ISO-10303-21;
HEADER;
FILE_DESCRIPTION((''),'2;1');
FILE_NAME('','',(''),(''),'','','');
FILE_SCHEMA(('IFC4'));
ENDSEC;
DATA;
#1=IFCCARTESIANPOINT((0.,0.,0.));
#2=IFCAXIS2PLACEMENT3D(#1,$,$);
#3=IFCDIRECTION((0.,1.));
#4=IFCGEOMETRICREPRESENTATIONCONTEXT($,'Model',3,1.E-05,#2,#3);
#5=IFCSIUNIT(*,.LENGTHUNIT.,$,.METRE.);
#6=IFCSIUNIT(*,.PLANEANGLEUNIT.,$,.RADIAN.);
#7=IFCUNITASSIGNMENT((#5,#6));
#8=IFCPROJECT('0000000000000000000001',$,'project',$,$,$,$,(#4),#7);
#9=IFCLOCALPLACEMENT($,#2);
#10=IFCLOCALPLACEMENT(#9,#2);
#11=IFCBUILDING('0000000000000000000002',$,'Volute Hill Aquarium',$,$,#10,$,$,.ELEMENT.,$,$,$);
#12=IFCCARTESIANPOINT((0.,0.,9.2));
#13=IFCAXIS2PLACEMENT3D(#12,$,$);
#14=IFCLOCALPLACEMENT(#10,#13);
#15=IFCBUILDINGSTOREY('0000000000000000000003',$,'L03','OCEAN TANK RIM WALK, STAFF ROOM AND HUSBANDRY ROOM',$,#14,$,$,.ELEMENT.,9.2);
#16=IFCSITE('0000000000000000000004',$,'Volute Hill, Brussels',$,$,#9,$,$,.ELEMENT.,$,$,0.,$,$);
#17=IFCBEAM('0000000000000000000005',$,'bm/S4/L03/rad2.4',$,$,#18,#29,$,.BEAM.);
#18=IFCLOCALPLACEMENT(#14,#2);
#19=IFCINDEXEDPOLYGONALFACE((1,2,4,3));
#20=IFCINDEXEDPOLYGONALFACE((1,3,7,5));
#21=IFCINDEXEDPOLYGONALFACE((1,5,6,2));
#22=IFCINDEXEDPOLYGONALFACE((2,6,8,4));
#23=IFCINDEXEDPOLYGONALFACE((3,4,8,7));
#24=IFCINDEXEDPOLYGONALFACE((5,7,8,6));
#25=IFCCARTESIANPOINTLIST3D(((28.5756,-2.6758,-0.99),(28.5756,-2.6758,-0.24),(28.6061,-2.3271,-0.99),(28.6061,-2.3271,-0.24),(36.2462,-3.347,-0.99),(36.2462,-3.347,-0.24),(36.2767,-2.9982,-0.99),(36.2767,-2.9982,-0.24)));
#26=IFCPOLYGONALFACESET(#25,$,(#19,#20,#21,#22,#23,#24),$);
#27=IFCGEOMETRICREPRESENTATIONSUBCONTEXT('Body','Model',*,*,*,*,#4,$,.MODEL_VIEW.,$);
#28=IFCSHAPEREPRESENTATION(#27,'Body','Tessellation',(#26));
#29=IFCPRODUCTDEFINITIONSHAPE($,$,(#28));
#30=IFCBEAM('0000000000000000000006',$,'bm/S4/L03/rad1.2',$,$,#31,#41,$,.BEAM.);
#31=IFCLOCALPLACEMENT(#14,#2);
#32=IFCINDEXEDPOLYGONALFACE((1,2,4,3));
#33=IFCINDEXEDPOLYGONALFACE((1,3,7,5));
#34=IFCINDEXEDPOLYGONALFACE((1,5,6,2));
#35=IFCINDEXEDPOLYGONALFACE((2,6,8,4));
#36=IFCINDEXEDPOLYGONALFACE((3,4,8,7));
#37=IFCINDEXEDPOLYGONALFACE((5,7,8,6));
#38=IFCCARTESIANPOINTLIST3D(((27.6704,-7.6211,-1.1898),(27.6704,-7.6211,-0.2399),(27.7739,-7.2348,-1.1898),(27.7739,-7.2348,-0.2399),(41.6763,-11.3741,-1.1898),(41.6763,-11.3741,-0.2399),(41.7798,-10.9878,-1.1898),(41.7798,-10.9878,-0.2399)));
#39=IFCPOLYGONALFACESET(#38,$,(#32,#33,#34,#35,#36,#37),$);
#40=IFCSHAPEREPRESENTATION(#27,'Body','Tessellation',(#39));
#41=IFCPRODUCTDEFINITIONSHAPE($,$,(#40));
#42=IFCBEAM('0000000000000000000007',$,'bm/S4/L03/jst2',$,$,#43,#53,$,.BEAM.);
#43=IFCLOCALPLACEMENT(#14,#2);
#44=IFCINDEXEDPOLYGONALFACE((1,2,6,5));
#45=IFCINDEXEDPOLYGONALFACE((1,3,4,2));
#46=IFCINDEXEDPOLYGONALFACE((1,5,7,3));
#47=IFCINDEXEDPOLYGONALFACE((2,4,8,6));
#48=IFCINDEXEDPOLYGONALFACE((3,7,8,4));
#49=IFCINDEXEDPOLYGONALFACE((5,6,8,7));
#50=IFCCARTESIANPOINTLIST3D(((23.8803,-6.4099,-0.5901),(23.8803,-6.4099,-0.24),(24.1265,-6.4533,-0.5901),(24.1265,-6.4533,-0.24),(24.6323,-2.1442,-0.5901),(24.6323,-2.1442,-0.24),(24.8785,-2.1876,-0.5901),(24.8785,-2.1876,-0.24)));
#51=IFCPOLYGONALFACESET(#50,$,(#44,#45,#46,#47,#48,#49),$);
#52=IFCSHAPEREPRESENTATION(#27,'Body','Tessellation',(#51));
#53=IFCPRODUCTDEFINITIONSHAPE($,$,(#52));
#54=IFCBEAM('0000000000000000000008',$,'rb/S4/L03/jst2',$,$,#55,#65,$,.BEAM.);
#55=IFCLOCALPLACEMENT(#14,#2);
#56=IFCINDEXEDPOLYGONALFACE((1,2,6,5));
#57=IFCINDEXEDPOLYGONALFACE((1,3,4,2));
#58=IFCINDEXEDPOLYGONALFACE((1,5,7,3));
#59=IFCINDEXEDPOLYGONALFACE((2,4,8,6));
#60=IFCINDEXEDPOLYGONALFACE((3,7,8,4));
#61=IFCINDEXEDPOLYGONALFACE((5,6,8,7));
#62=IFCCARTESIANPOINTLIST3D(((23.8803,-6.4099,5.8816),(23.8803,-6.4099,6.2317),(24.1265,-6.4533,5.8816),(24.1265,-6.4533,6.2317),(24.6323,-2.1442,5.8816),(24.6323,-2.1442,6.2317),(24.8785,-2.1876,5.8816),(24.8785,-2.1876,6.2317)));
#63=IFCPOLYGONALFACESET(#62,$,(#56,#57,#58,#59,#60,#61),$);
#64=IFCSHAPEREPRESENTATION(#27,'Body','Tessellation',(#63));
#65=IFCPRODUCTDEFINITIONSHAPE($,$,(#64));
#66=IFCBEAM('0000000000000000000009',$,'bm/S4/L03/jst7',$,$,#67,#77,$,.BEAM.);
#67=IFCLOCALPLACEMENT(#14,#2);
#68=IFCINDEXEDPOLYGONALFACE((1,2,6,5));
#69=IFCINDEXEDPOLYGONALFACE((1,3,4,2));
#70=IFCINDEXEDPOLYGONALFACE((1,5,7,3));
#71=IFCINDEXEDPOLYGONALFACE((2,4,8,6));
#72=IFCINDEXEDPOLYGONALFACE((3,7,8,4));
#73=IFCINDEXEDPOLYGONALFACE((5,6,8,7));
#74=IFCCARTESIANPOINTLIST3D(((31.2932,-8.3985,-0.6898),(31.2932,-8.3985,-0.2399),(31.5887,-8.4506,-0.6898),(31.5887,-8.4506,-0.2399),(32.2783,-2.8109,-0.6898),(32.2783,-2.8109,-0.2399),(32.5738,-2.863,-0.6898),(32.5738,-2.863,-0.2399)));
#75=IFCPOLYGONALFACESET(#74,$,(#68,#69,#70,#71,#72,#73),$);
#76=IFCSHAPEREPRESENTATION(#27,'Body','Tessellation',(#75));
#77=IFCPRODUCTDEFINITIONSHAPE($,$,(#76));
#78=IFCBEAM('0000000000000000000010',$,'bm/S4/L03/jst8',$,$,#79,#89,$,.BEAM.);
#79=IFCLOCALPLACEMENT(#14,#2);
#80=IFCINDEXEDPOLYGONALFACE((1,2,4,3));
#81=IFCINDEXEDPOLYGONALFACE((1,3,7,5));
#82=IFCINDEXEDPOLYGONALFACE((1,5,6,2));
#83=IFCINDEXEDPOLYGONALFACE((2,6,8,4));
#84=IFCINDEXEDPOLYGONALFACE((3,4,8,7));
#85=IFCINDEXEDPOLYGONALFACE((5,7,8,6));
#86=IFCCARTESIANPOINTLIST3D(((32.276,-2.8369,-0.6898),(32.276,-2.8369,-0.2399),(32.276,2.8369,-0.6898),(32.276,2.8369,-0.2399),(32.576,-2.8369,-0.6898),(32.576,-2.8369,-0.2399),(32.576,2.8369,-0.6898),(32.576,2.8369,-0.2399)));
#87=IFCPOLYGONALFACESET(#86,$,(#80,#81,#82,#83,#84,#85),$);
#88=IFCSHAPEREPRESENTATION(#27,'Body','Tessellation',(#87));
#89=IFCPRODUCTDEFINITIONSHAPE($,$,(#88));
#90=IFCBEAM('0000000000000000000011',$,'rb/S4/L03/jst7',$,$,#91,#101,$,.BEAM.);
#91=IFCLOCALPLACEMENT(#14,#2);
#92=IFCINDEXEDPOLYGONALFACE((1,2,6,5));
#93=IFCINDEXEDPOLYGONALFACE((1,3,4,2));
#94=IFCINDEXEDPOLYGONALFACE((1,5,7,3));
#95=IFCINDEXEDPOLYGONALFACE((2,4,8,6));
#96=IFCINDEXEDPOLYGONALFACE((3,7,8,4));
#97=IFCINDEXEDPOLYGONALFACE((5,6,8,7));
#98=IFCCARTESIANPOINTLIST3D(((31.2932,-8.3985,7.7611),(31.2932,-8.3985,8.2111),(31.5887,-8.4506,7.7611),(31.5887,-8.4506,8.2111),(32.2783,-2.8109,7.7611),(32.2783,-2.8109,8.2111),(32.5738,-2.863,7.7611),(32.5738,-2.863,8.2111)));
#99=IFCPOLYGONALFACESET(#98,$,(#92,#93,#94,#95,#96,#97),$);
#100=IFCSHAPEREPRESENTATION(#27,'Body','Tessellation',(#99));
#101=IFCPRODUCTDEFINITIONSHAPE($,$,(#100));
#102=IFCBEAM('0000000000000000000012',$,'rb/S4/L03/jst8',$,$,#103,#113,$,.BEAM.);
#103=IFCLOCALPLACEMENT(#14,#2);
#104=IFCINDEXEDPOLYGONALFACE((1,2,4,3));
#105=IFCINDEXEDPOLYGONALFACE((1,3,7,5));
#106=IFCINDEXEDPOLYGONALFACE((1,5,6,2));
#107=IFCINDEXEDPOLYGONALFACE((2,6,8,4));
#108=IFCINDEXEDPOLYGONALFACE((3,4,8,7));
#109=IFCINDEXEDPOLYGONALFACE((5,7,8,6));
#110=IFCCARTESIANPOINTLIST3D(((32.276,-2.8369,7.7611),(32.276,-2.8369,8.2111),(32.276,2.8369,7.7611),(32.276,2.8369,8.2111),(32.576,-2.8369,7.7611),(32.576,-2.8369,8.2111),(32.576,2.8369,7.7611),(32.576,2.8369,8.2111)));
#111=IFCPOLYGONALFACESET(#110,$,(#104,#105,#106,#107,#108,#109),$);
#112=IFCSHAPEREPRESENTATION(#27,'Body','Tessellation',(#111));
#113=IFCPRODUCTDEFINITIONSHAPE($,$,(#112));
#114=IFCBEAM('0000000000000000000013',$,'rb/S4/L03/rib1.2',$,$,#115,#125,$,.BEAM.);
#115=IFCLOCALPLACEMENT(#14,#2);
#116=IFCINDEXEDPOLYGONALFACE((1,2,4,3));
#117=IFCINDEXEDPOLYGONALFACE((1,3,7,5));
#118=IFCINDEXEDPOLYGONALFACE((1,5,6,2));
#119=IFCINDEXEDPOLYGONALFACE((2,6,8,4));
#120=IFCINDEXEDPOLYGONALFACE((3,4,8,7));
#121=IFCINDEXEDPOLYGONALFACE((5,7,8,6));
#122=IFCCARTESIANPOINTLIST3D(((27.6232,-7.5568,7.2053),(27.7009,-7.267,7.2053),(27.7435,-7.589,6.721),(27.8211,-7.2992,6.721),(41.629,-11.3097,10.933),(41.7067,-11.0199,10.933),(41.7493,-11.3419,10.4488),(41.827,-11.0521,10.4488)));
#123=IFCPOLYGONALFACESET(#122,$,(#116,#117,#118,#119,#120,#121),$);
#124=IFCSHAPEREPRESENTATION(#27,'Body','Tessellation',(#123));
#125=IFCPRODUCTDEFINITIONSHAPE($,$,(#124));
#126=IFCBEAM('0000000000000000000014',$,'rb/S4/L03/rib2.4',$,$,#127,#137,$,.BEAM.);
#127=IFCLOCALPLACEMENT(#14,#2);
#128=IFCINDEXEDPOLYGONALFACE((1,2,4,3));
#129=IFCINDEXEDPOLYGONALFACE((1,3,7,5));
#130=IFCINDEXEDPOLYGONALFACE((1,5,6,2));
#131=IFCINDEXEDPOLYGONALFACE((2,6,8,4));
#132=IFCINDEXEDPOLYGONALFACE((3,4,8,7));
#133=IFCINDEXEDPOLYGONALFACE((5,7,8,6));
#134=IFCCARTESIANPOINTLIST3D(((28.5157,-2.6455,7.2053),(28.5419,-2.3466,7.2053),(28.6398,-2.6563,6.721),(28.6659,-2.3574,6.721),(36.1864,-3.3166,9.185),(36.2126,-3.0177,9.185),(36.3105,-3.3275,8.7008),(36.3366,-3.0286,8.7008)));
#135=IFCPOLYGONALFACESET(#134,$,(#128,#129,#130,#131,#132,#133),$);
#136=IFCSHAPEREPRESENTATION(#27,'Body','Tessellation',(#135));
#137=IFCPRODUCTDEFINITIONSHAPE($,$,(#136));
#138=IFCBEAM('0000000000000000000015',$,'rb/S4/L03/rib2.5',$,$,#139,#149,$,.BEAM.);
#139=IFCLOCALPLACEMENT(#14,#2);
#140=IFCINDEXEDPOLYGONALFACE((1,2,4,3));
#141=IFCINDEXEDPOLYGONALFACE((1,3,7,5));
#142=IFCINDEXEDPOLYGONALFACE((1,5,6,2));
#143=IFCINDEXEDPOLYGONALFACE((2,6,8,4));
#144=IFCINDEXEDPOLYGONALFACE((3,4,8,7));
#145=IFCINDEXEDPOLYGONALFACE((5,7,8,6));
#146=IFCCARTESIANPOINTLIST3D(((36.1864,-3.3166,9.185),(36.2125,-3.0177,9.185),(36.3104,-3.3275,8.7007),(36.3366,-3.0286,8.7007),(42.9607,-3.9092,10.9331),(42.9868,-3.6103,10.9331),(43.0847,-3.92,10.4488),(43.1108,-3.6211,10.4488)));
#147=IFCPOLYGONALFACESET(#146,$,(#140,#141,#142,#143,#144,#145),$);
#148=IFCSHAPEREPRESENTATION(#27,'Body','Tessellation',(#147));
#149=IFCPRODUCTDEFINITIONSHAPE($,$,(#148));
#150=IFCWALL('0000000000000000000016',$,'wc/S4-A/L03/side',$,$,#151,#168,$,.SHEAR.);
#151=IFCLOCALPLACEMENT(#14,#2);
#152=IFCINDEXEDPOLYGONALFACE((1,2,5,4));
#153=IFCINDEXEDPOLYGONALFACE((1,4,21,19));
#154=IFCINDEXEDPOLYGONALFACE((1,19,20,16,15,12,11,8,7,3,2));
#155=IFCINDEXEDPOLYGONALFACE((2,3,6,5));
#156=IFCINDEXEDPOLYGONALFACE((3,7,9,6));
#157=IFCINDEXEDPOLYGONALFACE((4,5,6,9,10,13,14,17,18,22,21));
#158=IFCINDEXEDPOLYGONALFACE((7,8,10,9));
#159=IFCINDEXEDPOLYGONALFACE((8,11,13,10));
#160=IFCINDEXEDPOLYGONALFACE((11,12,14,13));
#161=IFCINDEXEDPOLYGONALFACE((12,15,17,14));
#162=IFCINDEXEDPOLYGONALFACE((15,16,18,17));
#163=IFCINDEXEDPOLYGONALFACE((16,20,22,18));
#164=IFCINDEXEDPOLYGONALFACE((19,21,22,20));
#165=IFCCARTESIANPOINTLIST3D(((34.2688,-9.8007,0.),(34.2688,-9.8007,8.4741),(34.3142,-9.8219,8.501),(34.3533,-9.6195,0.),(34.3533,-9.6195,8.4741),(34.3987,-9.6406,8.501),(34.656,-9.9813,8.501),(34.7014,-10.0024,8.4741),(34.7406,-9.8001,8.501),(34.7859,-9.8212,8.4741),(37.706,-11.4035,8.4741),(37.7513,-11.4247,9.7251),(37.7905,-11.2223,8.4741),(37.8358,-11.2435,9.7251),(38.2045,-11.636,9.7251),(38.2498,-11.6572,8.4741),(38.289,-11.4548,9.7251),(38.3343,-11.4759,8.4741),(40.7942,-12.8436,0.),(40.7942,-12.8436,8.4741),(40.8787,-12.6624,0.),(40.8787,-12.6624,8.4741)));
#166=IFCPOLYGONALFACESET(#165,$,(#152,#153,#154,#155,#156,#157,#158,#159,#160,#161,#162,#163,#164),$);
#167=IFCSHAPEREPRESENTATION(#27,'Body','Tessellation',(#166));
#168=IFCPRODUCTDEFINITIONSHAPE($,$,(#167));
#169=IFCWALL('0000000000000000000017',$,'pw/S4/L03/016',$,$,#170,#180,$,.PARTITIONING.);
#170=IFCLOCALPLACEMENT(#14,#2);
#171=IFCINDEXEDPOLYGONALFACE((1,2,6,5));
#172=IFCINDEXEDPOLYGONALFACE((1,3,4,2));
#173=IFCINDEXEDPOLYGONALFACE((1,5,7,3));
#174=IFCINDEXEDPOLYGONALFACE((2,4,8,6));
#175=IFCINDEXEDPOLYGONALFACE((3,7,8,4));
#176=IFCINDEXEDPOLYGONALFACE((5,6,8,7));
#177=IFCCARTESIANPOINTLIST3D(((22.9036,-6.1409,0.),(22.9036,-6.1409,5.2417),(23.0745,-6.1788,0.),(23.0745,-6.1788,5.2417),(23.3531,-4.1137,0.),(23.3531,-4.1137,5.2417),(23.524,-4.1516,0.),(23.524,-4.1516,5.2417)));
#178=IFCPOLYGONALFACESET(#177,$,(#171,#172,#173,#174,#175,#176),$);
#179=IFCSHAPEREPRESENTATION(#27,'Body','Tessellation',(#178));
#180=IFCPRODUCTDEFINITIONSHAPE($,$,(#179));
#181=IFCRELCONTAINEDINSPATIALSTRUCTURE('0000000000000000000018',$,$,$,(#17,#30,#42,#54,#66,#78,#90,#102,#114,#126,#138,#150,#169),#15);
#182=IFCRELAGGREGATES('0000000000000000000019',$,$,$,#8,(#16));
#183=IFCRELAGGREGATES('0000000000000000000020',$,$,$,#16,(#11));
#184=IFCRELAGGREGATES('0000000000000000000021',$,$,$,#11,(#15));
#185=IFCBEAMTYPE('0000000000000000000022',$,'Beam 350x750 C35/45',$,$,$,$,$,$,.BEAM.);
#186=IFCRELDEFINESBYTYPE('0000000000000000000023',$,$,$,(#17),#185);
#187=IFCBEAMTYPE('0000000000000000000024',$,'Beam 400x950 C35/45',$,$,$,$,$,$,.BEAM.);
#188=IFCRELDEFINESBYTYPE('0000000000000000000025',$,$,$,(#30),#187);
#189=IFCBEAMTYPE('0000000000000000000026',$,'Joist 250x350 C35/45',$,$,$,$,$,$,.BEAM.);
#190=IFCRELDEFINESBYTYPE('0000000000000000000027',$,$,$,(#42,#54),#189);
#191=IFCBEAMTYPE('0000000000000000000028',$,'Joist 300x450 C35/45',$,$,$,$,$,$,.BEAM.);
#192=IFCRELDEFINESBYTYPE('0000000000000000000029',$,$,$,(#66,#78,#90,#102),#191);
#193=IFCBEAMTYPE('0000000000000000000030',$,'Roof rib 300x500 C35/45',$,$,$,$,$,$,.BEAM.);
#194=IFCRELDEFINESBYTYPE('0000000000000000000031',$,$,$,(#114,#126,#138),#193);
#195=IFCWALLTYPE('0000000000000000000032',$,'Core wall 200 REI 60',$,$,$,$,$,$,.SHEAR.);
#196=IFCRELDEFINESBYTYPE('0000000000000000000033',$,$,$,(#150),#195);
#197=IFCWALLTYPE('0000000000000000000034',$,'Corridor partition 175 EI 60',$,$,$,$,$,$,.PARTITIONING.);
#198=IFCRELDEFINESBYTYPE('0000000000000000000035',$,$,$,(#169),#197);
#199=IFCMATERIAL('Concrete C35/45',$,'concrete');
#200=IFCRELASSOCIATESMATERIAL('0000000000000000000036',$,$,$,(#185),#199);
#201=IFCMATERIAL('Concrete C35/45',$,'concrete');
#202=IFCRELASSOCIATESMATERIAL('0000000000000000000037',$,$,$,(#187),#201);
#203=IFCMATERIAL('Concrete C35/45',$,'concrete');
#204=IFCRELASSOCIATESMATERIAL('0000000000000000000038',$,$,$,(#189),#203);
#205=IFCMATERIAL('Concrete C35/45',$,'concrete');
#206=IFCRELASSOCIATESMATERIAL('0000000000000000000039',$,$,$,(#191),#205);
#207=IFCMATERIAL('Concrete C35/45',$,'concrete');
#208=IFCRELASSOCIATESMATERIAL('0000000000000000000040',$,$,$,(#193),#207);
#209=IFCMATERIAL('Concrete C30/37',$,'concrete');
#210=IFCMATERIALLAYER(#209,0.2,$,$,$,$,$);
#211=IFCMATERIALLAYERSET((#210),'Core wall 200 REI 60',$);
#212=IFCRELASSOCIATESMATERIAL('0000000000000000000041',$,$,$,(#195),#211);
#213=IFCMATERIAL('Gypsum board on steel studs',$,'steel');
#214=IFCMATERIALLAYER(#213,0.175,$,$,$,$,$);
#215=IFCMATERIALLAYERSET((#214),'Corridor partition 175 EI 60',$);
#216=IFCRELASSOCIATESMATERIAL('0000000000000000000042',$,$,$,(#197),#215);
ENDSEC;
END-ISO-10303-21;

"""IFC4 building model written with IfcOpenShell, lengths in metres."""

from ifc_helpers import new_model, si_unit, direction, frame, frame_2d, origin, origin_2d, place, context, subcontext, project, spatial, polyline, rectangle, outline, extrude, material, layer, layer_set, material_profile, profile_set, type_object, element, save


model = new_model("IFC4")

# Units and contexts
model_context = context("Model", 3, precision=1e-05, world=origin(), true_north=direction((0.0, 1.0)))
body_context = subcontext(model_context, "Body", "Model", "MODEL_VIEW")
ifc_project = project(units=[si_unit("LENGTHUNIT", "METRE"), si_unit("PLANEANGLEUNIT", "RADIAN")], contexts=[model_context])

# Site, building, storey
site_placement = place(None, origin())
site = spatial("IfcSite", under=ifc_project, at=site_placement, Name="Volute Hill, Brussels", CompositionType="ELEMENT", RefElevation=0.0)
building_placement = place(site_placement, origin())
building = spatial("IfcBuilding", under=site, at=building_placement, Name="Volute Hill Aquarium", CompositionType="ELEMENT")
storey_placement = place(building_placement, frame((0.0, 0.0, 9.2)))
storey = spatial("IfcBuildingStorey", under=building, at=storey_placement, Name="L03", Description="OCEAN TANK RIM WALK, STAFF ROOM AND HUSBANDRY ROOM", CompositionType="ELEMENT", Elevation=9.2)

# Beams
ifc_material_1 = material(Name="Concrete C35/45", Category="concrete")
ifc_material_profile_1 = material_profile(ifc_material_1, rectangle(XDim=0.3501, YDim=0.75, at=origin_2d()), Name="RC beam 350x750")
ifc_profile_set_1 = profile_set([ifc_material_profile_1], Name="Concrete C35/45")
beam_type_1 = type_object("IfcBeamType", Name="Beam 350x750 C35/45", PredefinedType="BEAM", material=ifc_profile_set_1)
beam_1_placement = place(storey_placement, frame((28.5908, -2.5015, -0.615), z_axis=(0.996194, -0.087162, 0.0), x_axis=(0.087162, 0.996194, 0.0)))
element("IfcBeam", 1, at=beam_1_placement, inside=storey, type_object=beam_type_1, Name="bm/S4/L03/rad2.4", PredefinedType="BEAM", context=body_context, shape_type="SweptSolid", body=[
    extrude(rectangle(XDim=0.3501, YDim=0.75, at=origin_2d()), origin(), (0.0, 0.0, 1.0), 7.7),
])
ifc_material_2 = material(Name="Concrete C35/45", Category="concrete")
ifc_material_profile_2 = material_profile(ifc_material_2, rectangle(XDim=0.3999, YDim=0.95, at=origin_2d()), Name="RC beam 400x950")
ifc_profile_set_2 = profile_set([ifc_material_profile_2], Name="Concrete C35/45")
beam_type_2 = type_object("IfcBeamType", Name="Beam 400x950 C35/45", PredefinedType="BEAM", material=ifc_profile_set_2)
beam_2_placement = place(storey_placement, frame((27.7222, -7.428, -0.7148), z_axis=(0.965925, -0.258824, 0.0), x_axis=(0.258824, 0.965925, 0.0)))
element("IfcBeam", 2, at=beam_2_placement, inside=storey, type_object=beam_type_2, Name="bm/S4/L03/rad1.2", PredefinedType="BEAM", context=body_context, shape_type="SweptSolid", body=[
    extrude(rectangle(XDim=0.3999, YDim=0.95, at=origin_2d()), origin(), (0.0, 0.0, 1.0), 14.5),
])
ifc_material_3 = material(Name="Concrete C35/45", Category="concrete")
ifc_material_profile_3 = material_profile(ifc_material_3, rectangle(XDim=0.25, YDim=0.3501, at=origin_2d()), Name="RC joist 250x350")
ifc_profile_set_3 = profile_set([ifc_material_profile_3], Name="Concrete C35/45")
beam_type_3 = type_object("IfcBeamType", Name="Joist 250x350 C35/45", PredefinedType="BEAM", material=ifc_profile_set_3)
for number, where, z_axis, x_axis, name in (
    (3, (24.0034, -6.4316, -0.415), (0.173596, 0.984817, 0.0), (-0.984817, 0.173596, 0.0), "bm/S4/L03/jst2"),
    (4, (24.0034, -6.4316, 6.0566), (0.173596, 0.984817, 0.0), (-0.984817, 0.173596, 0.0), "rb/S4/L03/jst2"),
):
    element("IfcBeam", number, at=place(storey_placement, frame(where, z_axis=z_axis, x_axis=x_axis)), inside=storey, type_object=beam_type_3, Name=name, PredefinedType="BEAM", context=body_context, shape_type="SweptSolid", body=[
        extrude(rectangle(XDim=0.25, YDim=0.3501, at=origin_2d()), origin(), (0.0, 0.0, 1.0), 4.3315),
    ])
ifc_material_4 = material(Name="Concrete C35/45", Category="concrete")
ifc_material_profile_4 = material_profile(ifc_material_4, rectangle(XDim=0.3, YDim=0.45, at=origin_2d()), Name="RC joist 300x450")
ifc_profile_set_4 = profile_set([ifc_material_profile_4], Name="Concrete C35/45")
beam_type_4 = type_object("IfcBeamType", Name="Joist 300x450 C35/45", PredefinedType="BEAM", material=ifc_profile_set_4)
for number, where, z_axis, x_axis, name in (
    (5, (31.4409, -8.4246, -0.4648), (0.173623, 0.984812, 0.0), (-0.984812, 0.173623, 0.0), "bm/S4/L03/jst7"),
    (6, (32.426, -2.8369, -0.4648), (0.0, 1.0, 0.0), (-1.0, 0.0, 0.0), "bm/S4/L03/jst8"),
    (7, (31.4409, -8.4246, 7.9861), (0.173623, 0.984812, 0.0), (-0.984812, 0.173623, 0.0), "rb/S4/L03/jst7"),
    (8, (32.426, -2.8369, 7.9861), (0.0, 1.0, 0.0), (-1.0, 0.0, 0.0), "rb/S4/L03/jst8"),
):
    element("IfcBeam", number, at=place(storey_placement, frame(where, z_axis=z_axis, x_axis=x_axis)), inside=storey, type_object=beam_type_4, Name=name, PredefinedType="BEAM", context=body_context, shape_type="SweptSolid", body=[
        extrude(rectangle(XDim=0.3, YDim=0.45, at=origin_2d()), origin(), (0.0, 0.0, 1.0), 5.6738),
    ])
ifc_material_5 = material(Name="Concrete C35/45", Category="concrete")
ifc_material_profile_5 = material_profile(ifc_material_5, rectangle(XDim=0.3, YDim=0.5, at=origin_2d()), Name="RC rib 300x500")
ifc_profile_set_5 = profile_set([ifc_material_profile_5], Name="Concrete C35/45")
beam_type_5 = type_object("IfcBeamType", Name="Roof rib 300x500 C35/45", PredefinedType="BEAM", material=ifc_profile_set_5)
beam_3_placement = place(storey_placement, frame((27.7222, -7.428, 6.9631), z_axis=(0.935503, -0.250672, 0.248992), x_axis=(0.258824, 0.965925, 0.0)))
element("IfcBeam", 9, at=beam_3_placement, inside=storey, type_object=beam_type_5, Name="rb/S4/L03/rib1.2", PredefinedType="BEAM", context=body_context, shape_type="SweptSolid", body=[
    extrude(rectangle(XDim=0.3, YDim=0.5, at=origin_2d()), origin(), (0.0, 0.0, 1.0), 14.9714),
])
beam_4_placement = place(storey_placement, frame((28.5908, -2.5015, 6.9631), z_axis=(0.964815, -0.084416, 0.249011), x_axis=(0.087162, 0.996194, 0.0)))
element("IfcBeam", 10, at=beam_4_placement, inside=storey, type_object=beam_type_5, Name="rb/S4/L03/rib2.4", PredefinedType="BEAM", context=body_context, shape_type="SweptSolid", body=[
    extrude(rectangle(XDim=0.3, YDim=0.5, at=origin_2d()), origin(), (0.0, 0.0, 1.0), 7.9504),
])
beam_5_placement = place(storey_placement, frame((36.2615, -3.1726, 8.9429), z_axis=(0.964827, -0.084392, 0.24897), x_axis=(0.087136, 0.996196, 0.0)))
element("IfcBeam", 11, at=beam_5_placement, inside=storey, type_object=beam_type_5, Name="rb/S4/L03/rib2.5", PredefinedType="BEAM", context=body_context, shape_type="SweptSolid", body=[
    extrude(rectangle(XDim=0.3, YDim=0.5, at=origin_2d()), origin(), (0.0, 0.0, 1.0), 7.0212),
])

# Walls
ifc_material_6 = material(Name="Concrete C30/37", Category="concrete")
ifc_layer_1 = layer(ifc_material_6, 0.2)
ifc_layer_set_1 = layer_set([ifc_layer_1], Name="Core wall 200 REI 60")
wall_type_1 = type_object("IfcWallType", Name="Core wall 200 REI 60", PredefinedType="SHEAR", material=ifc_layer_set_1)
wall_1_placement = place(storey_placement, frame((34.311, -9.7102, 0.0), z_axis=(0.0, 0.0, 1.0), x_axis=(0.906301, -0.422633, 0.0)))
element("IfcWall", 12, at=wall_1_placement, inside=storey, type_object=wall_type_1, Name="wc/S4-A/L03/side", PredefinedType="SHEAR", context=body_context, shape_type="SweptSolid", body=[
    extrude(outline(polyline([(0.0, 0.0), (7.2, 0.0), (7.2, 8.4741), (4.3926, 8.4741), (4.3425, 9.7251), (3.8425, 9.7251), (3.7925, 8.4741), (0.4773, 8.4741), (0.4272, 8.501), (0.05, 8.501), (0.0, 8.4741), (0.0, 0.0)])), frame((0.0, 0.1001, 0.0), z_axis=(0.0, -1.0, 0.0), x_axis=(1.0, 0.0, 0.0)), (0.0, 0.0, 1.0), 0.2),
])
ifc_material_7 = material(Name="Gypsum board on steel studs", Category="steel")
ifc_layer_2 = layer(ifc_material_7, 0.175)
ifc_layer_set_2 = layer_set([ifc_layer_2], Name="Corridor partition 175 EI 60")
wall_type_2 = type_object("IfcWallType", Name="Corridor partition 175 EI 60", PredefinedType="PARTITIONING", material=ifc_layer_set_2)
wall_2_placement = place(storey_placement, frame((23.4385, -4.1328, 0.0), z_axis=(0.0, 0.0, 1.0), x_axis=(-0.21647, -0.976289, 0.0)))
element("IfcWall", 13, at=wall_2_placement, inside=storey, type_object=wall_type_2, Name="pw/S4/L03/016", PredefinedType="PARTITIONING", context=body_context, shape_type="SweptSolid", body=[
    extrude(rectangle(XDim=2.0764, YDim=0.175, at=frame_2d((1.0381, 0.0))), origin(), (0.0, 0.0, 1.0), 5.2417),
])

save(model, "model.ifc")
